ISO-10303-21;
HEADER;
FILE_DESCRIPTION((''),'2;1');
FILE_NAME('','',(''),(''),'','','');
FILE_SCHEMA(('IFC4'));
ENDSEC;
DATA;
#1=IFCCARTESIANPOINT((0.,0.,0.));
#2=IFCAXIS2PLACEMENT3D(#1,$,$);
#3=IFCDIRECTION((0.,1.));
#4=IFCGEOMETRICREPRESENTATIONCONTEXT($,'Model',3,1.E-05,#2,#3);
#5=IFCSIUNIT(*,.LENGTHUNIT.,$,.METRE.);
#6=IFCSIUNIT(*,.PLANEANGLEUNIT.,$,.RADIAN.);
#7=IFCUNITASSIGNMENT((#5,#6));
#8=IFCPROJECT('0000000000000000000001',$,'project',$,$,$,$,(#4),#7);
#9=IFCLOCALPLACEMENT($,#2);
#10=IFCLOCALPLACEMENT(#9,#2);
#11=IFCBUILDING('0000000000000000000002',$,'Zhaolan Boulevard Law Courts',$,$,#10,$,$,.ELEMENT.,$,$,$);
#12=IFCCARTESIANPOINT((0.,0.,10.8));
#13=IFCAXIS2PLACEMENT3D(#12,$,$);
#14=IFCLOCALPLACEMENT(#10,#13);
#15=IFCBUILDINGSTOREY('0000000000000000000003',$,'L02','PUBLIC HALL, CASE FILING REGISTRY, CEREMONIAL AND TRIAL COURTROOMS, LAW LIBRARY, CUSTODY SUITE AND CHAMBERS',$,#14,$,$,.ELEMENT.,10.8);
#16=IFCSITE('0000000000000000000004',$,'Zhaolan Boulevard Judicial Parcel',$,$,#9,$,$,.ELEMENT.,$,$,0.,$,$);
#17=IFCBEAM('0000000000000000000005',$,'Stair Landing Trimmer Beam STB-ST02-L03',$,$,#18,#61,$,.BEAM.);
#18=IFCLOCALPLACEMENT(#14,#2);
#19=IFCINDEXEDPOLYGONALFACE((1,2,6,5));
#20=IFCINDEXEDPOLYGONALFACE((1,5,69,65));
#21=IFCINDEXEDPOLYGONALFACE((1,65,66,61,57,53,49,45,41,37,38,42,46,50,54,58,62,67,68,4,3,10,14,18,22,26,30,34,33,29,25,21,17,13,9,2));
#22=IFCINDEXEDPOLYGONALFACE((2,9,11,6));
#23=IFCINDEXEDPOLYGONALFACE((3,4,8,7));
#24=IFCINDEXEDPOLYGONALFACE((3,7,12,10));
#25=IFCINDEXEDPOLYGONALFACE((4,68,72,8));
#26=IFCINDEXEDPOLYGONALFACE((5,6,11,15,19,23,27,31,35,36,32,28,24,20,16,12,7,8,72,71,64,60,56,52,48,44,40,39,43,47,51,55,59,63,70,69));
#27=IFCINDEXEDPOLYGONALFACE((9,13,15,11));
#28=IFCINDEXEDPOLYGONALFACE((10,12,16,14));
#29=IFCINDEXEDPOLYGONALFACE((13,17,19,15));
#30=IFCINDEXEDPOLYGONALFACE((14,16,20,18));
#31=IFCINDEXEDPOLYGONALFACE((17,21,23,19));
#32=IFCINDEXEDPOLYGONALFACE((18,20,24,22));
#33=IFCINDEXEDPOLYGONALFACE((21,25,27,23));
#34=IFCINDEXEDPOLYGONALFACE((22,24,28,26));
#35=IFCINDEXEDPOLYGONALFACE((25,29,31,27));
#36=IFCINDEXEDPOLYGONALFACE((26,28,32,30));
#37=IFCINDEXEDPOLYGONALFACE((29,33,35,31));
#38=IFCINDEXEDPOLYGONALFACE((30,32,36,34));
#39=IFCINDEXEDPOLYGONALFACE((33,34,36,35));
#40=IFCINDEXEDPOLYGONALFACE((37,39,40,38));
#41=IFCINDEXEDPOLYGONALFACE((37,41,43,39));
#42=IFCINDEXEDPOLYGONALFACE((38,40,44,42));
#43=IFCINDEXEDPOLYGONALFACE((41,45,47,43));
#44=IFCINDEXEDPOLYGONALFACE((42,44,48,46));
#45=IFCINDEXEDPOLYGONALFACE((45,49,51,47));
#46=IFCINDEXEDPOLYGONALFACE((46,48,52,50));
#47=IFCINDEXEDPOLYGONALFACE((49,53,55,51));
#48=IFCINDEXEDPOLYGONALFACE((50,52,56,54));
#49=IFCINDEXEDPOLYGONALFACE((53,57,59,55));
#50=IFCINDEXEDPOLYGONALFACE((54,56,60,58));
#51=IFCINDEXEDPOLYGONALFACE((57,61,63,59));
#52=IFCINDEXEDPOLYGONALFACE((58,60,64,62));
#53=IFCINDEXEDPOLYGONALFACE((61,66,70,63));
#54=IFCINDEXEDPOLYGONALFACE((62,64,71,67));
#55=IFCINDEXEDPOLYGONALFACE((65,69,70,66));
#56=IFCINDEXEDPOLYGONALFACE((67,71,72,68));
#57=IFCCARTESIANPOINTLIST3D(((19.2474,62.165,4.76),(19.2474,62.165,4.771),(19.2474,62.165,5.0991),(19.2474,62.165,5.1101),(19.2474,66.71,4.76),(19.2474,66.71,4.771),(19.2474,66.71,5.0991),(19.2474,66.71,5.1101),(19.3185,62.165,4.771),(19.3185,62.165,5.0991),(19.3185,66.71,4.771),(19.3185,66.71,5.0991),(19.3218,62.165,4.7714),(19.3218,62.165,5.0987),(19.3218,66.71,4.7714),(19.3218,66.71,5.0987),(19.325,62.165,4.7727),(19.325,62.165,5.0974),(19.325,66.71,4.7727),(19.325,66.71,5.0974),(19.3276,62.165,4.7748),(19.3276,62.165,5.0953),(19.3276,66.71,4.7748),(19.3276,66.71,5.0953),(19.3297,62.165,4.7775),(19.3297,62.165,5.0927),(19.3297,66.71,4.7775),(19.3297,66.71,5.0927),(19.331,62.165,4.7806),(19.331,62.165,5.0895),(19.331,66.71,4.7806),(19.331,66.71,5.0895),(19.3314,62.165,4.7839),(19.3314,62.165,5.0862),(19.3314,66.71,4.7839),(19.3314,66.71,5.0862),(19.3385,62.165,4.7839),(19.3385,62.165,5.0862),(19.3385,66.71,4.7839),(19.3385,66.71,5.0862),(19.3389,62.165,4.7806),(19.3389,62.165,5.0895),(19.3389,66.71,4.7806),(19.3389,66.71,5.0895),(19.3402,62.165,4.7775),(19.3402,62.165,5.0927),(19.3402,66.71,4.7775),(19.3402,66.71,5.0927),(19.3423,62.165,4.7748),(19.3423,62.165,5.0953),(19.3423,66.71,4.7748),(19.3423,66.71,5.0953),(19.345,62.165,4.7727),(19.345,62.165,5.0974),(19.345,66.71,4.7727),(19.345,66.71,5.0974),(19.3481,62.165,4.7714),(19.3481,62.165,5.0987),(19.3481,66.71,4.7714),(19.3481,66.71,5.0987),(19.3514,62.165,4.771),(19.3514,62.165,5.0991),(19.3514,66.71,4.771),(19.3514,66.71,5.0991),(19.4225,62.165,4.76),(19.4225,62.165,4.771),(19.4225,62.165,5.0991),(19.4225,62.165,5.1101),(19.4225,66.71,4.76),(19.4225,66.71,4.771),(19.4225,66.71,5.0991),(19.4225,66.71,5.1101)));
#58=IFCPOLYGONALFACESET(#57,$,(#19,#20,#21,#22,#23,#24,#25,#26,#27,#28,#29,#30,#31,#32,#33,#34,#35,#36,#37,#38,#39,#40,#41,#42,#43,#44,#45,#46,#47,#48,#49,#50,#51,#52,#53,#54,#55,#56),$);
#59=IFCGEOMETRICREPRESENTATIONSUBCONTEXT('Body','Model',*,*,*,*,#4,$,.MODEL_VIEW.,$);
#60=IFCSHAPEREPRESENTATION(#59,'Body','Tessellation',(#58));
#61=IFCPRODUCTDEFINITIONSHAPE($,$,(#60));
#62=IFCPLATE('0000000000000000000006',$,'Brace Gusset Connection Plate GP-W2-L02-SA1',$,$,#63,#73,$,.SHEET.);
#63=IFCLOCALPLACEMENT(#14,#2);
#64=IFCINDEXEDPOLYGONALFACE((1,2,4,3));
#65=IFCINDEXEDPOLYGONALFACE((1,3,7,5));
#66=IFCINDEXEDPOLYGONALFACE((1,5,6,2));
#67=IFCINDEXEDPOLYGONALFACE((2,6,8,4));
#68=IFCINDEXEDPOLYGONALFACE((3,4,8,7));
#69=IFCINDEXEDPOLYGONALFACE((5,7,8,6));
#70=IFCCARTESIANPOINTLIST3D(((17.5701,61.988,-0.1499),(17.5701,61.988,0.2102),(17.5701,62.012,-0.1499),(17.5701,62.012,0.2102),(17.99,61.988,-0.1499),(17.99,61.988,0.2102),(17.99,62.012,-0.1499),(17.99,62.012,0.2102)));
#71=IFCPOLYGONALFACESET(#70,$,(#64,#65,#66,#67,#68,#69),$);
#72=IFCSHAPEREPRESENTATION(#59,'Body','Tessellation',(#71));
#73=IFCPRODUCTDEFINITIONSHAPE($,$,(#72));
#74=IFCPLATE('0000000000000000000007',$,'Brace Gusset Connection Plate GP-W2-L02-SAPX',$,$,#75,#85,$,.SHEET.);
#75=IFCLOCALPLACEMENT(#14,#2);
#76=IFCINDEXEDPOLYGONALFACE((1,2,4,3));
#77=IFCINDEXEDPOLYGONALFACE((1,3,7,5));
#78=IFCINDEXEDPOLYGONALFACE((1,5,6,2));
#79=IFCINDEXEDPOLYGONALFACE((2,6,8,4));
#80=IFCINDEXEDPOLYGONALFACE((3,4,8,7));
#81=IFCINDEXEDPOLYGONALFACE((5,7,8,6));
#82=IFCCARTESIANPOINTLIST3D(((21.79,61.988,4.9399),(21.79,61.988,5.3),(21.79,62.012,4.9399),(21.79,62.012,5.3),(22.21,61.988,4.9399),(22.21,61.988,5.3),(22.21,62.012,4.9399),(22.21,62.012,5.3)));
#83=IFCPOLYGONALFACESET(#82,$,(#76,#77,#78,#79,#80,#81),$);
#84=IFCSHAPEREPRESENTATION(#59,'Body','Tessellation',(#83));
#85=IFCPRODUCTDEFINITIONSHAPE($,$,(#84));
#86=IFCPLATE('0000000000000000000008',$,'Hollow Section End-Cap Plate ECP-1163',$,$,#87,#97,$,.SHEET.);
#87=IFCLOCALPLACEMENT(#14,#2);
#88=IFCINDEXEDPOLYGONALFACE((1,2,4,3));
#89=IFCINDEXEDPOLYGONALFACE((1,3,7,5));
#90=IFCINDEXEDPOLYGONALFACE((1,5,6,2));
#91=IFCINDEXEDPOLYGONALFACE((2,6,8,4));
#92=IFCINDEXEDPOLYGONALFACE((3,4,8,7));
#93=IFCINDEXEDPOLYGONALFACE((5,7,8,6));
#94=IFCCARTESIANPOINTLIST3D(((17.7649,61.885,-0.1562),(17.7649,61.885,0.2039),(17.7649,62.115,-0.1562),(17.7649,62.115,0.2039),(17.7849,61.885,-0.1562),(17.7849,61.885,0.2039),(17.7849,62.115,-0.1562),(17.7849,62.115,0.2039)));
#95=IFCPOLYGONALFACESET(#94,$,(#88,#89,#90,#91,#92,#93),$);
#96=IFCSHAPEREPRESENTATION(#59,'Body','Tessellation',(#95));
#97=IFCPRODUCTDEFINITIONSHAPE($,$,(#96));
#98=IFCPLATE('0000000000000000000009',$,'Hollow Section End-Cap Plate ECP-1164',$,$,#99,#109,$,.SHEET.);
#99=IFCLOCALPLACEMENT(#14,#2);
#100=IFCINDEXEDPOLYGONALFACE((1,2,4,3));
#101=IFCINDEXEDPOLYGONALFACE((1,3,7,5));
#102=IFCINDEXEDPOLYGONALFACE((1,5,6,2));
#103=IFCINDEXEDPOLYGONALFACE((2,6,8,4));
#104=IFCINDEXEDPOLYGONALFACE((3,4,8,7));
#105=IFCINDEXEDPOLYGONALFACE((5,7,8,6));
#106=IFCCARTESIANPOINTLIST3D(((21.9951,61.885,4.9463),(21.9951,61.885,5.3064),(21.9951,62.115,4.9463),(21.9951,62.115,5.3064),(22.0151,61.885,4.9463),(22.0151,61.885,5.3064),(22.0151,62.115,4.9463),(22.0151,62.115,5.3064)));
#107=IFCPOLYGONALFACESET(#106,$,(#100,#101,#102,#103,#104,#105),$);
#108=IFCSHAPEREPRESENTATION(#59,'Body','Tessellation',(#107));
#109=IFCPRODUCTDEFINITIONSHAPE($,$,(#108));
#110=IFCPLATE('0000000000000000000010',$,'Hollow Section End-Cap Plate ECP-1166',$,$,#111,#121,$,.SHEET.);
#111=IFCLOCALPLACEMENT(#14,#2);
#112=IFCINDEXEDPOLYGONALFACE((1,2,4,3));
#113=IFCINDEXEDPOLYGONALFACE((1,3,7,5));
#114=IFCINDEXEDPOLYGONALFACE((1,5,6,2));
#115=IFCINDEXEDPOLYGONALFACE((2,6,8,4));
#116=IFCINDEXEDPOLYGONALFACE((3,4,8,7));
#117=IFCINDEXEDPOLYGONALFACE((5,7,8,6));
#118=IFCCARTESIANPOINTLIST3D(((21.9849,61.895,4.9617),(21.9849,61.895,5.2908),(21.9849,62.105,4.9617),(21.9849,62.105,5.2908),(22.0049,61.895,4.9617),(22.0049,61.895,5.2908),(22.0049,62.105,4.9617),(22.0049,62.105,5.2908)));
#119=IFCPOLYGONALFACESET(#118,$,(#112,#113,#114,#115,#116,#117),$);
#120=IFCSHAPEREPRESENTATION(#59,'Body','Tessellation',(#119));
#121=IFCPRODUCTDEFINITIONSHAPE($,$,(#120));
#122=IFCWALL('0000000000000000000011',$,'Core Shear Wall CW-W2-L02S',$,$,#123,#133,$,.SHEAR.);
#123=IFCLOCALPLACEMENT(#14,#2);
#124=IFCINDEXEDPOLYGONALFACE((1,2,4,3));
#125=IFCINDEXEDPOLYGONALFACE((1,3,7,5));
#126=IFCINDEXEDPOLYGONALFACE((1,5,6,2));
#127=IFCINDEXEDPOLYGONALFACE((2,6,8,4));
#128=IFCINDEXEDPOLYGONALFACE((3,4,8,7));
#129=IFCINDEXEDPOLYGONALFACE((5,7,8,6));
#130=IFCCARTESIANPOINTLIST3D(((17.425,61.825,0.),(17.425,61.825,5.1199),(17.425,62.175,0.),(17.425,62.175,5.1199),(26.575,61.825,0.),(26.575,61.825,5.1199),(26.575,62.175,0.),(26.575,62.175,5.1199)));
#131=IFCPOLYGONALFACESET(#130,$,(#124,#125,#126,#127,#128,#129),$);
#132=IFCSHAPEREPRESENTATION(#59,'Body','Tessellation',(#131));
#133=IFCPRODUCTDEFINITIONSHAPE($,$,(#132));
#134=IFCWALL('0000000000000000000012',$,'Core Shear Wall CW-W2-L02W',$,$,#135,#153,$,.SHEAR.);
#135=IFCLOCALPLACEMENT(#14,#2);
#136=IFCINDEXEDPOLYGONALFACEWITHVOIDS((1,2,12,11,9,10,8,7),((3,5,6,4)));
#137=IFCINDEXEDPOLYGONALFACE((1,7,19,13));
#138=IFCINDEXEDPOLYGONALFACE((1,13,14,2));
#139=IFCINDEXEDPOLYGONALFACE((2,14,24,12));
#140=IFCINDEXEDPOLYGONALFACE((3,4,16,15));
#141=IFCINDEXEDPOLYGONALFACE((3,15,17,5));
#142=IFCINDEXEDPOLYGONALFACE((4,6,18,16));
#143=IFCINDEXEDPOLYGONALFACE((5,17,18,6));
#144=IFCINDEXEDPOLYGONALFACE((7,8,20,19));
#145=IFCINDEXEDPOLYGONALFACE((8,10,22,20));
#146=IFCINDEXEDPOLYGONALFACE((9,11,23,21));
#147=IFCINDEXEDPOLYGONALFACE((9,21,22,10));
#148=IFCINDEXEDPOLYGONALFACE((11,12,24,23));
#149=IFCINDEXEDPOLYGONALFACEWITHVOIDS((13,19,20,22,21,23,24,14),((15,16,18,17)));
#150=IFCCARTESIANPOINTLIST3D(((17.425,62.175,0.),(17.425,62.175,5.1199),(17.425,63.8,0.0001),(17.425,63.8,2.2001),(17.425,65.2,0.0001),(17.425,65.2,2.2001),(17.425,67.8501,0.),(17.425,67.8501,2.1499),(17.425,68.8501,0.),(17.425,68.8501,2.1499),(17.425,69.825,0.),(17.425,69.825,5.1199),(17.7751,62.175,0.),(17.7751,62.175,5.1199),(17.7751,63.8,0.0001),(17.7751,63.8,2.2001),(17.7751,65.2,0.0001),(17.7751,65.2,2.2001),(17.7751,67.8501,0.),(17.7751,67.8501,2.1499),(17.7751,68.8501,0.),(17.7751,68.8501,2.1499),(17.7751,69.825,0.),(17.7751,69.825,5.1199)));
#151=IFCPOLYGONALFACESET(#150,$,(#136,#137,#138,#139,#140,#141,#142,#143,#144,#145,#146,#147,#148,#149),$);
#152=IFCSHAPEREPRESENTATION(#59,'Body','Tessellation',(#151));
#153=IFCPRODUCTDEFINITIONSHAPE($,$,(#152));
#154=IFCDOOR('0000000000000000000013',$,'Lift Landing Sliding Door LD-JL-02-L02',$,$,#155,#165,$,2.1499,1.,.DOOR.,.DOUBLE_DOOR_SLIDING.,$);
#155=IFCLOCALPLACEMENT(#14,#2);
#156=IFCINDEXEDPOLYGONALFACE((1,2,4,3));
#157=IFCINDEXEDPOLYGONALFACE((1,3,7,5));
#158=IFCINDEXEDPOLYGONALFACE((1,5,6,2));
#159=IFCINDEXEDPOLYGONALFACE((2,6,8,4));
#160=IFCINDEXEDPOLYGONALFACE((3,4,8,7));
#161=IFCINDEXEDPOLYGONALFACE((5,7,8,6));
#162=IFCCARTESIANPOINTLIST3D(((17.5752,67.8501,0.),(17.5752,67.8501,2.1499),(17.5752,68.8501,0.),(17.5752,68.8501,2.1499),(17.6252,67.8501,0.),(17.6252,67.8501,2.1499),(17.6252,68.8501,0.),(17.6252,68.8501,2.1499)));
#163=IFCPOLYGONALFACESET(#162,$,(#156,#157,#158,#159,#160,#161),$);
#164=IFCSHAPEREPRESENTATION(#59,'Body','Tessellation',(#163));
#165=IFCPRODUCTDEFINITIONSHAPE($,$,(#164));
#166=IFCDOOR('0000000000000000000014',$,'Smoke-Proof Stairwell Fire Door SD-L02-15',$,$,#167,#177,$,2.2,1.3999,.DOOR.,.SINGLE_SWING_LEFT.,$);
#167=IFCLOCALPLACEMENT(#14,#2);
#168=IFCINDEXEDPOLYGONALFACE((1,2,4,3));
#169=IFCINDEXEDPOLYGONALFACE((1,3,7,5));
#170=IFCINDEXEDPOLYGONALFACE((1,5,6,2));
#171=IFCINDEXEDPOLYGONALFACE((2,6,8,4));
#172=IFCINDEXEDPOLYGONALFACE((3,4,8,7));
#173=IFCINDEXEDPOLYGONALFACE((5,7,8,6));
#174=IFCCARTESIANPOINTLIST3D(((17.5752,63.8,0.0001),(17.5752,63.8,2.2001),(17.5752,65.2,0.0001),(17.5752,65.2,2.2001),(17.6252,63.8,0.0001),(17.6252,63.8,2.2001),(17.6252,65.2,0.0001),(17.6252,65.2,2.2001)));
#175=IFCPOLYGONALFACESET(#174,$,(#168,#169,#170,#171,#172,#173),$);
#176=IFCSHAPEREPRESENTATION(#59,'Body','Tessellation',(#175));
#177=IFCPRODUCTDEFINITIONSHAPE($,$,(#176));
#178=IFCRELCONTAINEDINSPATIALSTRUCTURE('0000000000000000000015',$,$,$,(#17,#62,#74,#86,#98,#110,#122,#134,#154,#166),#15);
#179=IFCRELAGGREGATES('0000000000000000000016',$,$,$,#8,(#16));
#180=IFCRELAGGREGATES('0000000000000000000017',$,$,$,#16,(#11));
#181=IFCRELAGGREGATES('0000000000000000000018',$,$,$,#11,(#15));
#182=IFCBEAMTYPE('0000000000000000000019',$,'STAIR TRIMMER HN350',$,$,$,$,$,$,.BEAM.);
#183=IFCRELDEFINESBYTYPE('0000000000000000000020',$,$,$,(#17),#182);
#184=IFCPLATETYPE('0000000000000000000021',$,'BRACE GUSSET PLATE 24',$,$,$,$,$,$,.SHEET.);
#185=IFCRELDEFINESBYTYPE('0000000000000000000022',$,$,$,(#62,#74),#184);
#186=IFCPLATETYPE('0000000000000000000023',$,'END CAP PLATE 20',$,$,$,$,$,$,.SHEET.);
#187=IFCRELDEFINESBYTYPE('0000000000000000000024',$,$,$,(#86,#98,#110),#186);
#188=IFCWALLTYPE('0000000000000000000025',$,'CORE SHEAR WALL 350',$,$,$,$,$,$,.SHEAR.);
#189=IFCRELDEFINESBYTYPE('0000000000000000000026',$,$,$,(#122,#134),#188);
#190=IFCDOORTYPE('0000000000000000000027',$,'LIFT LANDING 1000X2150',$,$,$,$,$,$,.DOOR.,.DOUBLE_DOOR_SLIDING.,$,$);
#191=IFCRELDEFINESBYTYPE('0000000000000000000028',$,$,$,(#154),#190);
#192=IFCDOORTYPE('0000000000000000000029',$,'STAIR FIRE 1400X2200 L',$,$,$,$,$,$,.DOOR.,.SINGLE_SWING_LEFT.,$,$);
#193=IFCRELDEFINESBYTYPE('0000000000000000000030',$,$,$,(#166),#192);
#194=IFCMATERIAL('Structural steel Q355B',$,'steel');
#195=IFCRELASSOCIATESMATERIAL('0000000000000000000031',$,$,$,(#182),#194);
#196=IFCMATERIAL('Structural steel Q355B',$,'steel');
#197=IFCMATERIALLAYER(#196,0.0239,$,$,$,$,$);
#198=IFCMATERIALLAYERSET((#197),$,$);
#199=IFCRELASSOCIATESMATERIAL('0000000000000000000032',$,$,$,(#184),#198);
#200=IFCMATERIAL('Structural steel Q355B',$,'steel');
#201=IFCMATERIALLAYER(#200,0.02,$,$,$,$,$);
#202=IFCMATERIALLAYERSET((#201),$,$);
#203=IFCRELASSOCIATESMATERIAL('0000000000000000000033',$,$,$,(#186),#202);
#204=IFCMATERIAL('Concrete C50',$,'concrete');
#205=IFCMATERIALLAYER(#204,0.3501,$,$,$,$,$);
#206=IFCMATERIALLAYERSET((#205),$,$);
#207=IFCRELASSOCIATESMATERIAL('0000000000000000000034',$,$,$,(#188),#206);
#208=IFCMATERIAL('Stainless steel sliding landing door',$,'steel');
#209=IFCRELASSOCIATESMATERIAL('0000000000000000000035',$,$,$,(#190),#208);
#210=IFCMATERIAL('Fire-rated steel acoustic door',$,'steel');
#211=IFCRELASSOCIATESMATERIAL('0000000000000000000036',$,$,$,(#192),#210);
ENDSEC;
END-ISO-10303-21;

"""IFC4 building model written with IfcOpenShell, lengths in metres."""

from ifc_helpers import new_model, si_unit, direction, frame, frame_2d, origin, origin_2d, place, context, subcontext, project, spatial, rectangle, i_section, extrude, material, layer, layer_set, material_profile, profile_set, type_object, element, fill, save


model = new_model("IFC4")

# Units and contexts
model_context = context("Model", 3, precision=1e-05, world=origin(), true_north=direction((0.0, 1.0)))
body_context = subcontext(model_context, "Body", "Model", "MODEL_VIEW")
ifc_project = project(units=[si_unit("LENGTHUNIT", "METRE"), si_unit("PLANEANGLEUNIT", "RADIAN")], contexts=[model_context])

# Site, building, storey
site_placement = place(None, origin())
site = spatial("IfcSite", under=ifc_project, at=site_placement, Name="Zhaolan Boulevard Judicial Parcel", CompositionType="ELEMENT", RefElevation=0.0)
building_placement = place(site_placement, origin())
building = spatial("IfcBuilding", under=site, at=building_placement, Name="Zhaolan Boulevard Law Courts", CompositionType="ELEMENT")
storey_placement = place(building_placement, frame((0.0, 0.0, 10.8)))
storey = spatial("IfcBuildingStorey", under=building, at=storey_placement, Name="L02", Description="PUBLIC HALL, CASE FILING REGISTRY, CEREMONIAL AND TRIAL COURTROOMS, LAW LIBRARY, CUSTODY SUITE AND CHAMBERS", CompositionType="ELEMENT", Elevation=10.8)

# Beam
ifc_material_1 = material(Name="Structural steel Q355B", Category="steel")
ifc_material_profile_1 = material_profile(ifc_material_1, i_section(OverallWidth=0.175, OverallDepth=0.3501, WebThickness=0.0071, FlangeThickness=0.011, FilletRadius=0.0129, at=origin_2d()), Name="HN350x175")
ifc_profile_set_1 = profile_set([ifc_material_profile_1], Name="Structural steel Q355B")
beam_type_1 = type_object("IfcBeamType", Name="STAIR TRIMMER HN350", PredefinedType="BEAM", material=ifc_profile_set_1)
beam_1_placement = place(storey_placement, frame((19.335, 62.165, 4.9351), z_axis=(0.0, 1.0, 0.0), x_axis=(-1.0, 0.0, 0.0)))
element("IfcBeam", 1, at=beam_1_placement, inside=storey, type_object=beam_type_1, Name="Stair Landing Trimmer Beam STB-ST02-L03", PredefinedType="BEAM", context=body_context, shape_type="SweptSolid", body=[
    extrude(i_section(OverallWidth=0.175, OverallDepth=0.3501, WebThickness=0.0071, FlangeThickness=0.011, FilletRadius=0.0129, at=origin_2d()), origin(), (0.0, 0.0, 1.0), 4.5449),
])

# Plates
ifc_material_2 = material(Name="Structural steel Q355B", Category="steel")
ifc_layer_1 = layer(ifc_material_2, 0.0239)
ifc_layer_set_1 = layer_set([ifc_layer_1])
plate_type_1 = type_object("IfcPlateType", Name="BRACE GUSSET PLATE 24", PredefinedType="SHEET", material=ifc_layer_set_1)
for number, where, z_axis, x_axis, name in (
    (2, (17.78, 62.0, -0.1499), (0.0, 0.0, 1.0), (1.0, 0.0, 0.0), "Brace Gusset Connection Plate GP-W2-L02-SA1"),
    (3, (22.0, 62.0, 4.9399), (0.0, 0.0, 1.0), (1.0, 0.0, 0.0), "Brace Gusset Connection Plate GP-W2-L02-SAPX"),
):
    element("IfcPlate", number, at=place(storey_placement, frame(where, z_axis=z_axis, x_axis=x_axis)), inside=storey, type_object=plate_type_1, Name=name, PredefinedType="SHEET", context=body_context, shape_type="SweptSolid", body=[
        extrude(rectangle(XDim=0.4199, YDim=0.0239, at=origin_2d()), origin(), (0.0, 0.0, 1.0), 0.3601),
    ])
ifc_material_3 = material(Name="Structural steel Q355B", Category="steel")
ifc_layer_2 = layer(ifc_material_3, 0.02)
ifc_layer_set_2 = layer_set([ifc_layer_2])
plate_type_2 = type_object("IfcPlateType", Name="END CAP PLATE 20", PredefinedType="SHEET", material=ifc_layer_set_2)
for number, where, z_axis, x_axis, name in (
    (4, (17.7749, 62.0, -0.1562), (0.0, 0.0, 1.0), (1.0, 0.0, 0.0), "Hollow Section End-Cap Plate ECP-1163"),
    (5, (22.0051, 62.0, 4.9463), (0.0, 0.0, 1.0), (1.0, 0.0, 0.0), "Hollow Section End-Cap Plate ECP-1164"),
):
    element("IfcPlate", number, at=place(storey_placement, frame(where, z_axis=z_axis, x_axis=x_axis)), inside=storey, type_object=plate_type_2, Name=name, PredefinedType="SHEET", context=body_context, shape_type="SweptSolid", body=[
        extrude(rectangle(XDim=0.02, YDim=0.23, at=origin_2d()), origin(), (0.0, 0.0, 1.0), 0.3601),
    ])
plate_placement = place(storey_placement, frame((21.9949, 62.0, 4.9617), z_axis=(0.0, 0.0, 1.0), x_axis=(-1.0, 0.0, 0.0)))
element("IfcPlate", 6, at=plate_placement, inside=storey, type_object=plate_type_2, Name="Hollow Section End-Cap Plate ECP-1166", PredefinedType="SHEET", context=body_context, shape_type="SweptSolid", body=[
    extrude(rectangle(XDim=0.02, YDim=0.21, at=origin_2d()), origin(), (0.0, 0.0, 1.0), 0.3291),
])

# Wall
ifc_material_4 = material(Name="Concrete C50", Category="concrete")
ifc_layer_3 = layer(ifc_material_4, 0.3501)
ifc_layer_set_3 = layer_set([ifc_layer_3])
wall_type_1 = type_object("IfcWallType", Name="CORE SHEAR WALL 350", PredefinedType="SHEAR", material=ifc_layer_set_3)
wall_1_placement = place(storey_placement, frame((17.425, 62.0, 0.0), z_axis=(0.0, 0.0, 1.0), x_axis=(1.0, 0.0, 0.0)))
element("IfcWall", 7, at=wall_1_placement, inside=storey, type_object=wall_type_1, Name="Core Shear Wall CW-W2-L02S", PredefinedType="SHEAR", context=body_context, shape_type="SweptSolid", body=[
    extrude(rectangle(XDim=9.1499, YDim=0.3501, at=frame_2d((4.575, 0.0))), origin(), (0.0, 0.0, 1.0), 5.1199),
])

# Wall, openings, doors
wall_2_placement = place(storey_placement, frame((17.6001, 62.175, 0.0), z_axis=(0.0, 0.0, 1.0), x_axis=(0.0, 1.0, 0.0)))
wall_2 = element("IfcWall", 8, at=wall_2_placement, inside=storey, type_object=wall_type_1, Name="Core Shear Wall CW-W2-L02W", PredefinedType="SHEAR", context=body_context, shape_type="SweptSolid", body=[
    extrude(rectangle(XDim=7.6499, YDim=0.3501, at=frame_2d((3.825, 0.0))), origin(), (0.0, 0.0, 1.0), 5.1199),
])
opening_1_placement = place(wall_2_placement, frame((1.625, 0.0, 0.0)))
opening_1 = element("IfcOpeningElement", 9, at=opening_1_placement, cuts=wall_2, PredefinedType="OPENING", context=body_context, shape_type="SweptSolid", body=[
    extrude(rectangle(XDim=1.3999, YDim=2.2, at=frame_2d((0.7, 1.1001))), frame((0.0, 0.1851, 0.0), z_axis=(0.0, -1.0, 0.0), x_axis=(1.0, 0.0, 0.0)), (0.0, 0.0, 1.0), 0.3701),
])
opening_2_placement = place(wall_2_placement, frame((5.675, 0.0, 0.0)))
opening_2 = element("IfcOpeningElement", 10, at=opening_2_placement, cuts=wall_2, PredefinedType="OPENING", context=body_context, shape_type="SweptSolid", body=[
    extrude(rectangle(XDim=1.0, YDim=2.1499, at=frame_2d((0.5, 1.075))), frame((0.0, 0.1851, 0.0), z_axis=(0.0, -1.0, 0.0), x_axis=(1.0, 0.0, 0.0)), (0.0, 0.0, 1.0), 0.3701),
])
ifc_material_5 = material(Name="Stainless steel sliding landing door", Category="steel")
door_type_1 = type_object("IfcDoorType", Name="LIFT LANDING 1000X2150", OperationType="DOUBLE_DOOR_SLIDING", PredefinedType="DOOR", material=ifc_material_5)
door_1_placement = place(opening_2_placement, origin())
door_1 = element("IfcDoor", 11, at=door_1_placement, inside=storey, type_object=door_type_1, Name="Lift Landing Sliding Door LD-JL-02-L02", OperationType="DOUBLE_DOOR_SLIDING", OverallHeight=2.1499, OverallWidth=1.0, PredefinedType="DOOR", context=body_context, shape_type="SweptSolid", body=[
    extrude(rectangle(XDim=1.0, YDim=2.1499, at=frame_2d((0.5, 1.075))), frame((0.0, 0.0249, 0.0), z_axis=(0.0, -1.0, 0.0), x_axis=(1.0, 0.0, 0.0)), (0.0, 0.0, 1.0), 0.05),
])
fill(opening_2, door_1)
ifc_material_6 = material(Name="Fire-rated steel acoustic door", Category="steel")
door_type_2 = type_object("IfcDoorType", Name="STAIR FIRE 1400X2200 L", OperationType="SINGLE_SWING_LEFT", PredefinedType="DOOR", material=ifc_material_6)
door_2_placement = place(opening_1_placement, origin())
door_2 = element("IfcDoor", 12, at=door_2_placement, inside=storey, type_object=door_type_2, Name="Smoke-Proof Stairwell Fire Door SD-L02-15", OperationType="SINGLE_SWING_LEFT", OverallHeight=2.2, OverallWidth=1.3999, PredefinedType="DOOR", context=body_context, shape_type="SweptSolid", body=[
    extrude(rectangle(XDim=1.3999, YDim=2.2, at=frame_2d((0.7, 1.1001))), frame((0.0, 0.0249, 0.0), z_axis=(0.0, -1.0, 0.0), x_axis=(1.0, 0.0, 0.0)), (0.0, 0.0, 1.0), 0.05),
])
fill(opening_1, door_2)

save(model, "model.ifc")
